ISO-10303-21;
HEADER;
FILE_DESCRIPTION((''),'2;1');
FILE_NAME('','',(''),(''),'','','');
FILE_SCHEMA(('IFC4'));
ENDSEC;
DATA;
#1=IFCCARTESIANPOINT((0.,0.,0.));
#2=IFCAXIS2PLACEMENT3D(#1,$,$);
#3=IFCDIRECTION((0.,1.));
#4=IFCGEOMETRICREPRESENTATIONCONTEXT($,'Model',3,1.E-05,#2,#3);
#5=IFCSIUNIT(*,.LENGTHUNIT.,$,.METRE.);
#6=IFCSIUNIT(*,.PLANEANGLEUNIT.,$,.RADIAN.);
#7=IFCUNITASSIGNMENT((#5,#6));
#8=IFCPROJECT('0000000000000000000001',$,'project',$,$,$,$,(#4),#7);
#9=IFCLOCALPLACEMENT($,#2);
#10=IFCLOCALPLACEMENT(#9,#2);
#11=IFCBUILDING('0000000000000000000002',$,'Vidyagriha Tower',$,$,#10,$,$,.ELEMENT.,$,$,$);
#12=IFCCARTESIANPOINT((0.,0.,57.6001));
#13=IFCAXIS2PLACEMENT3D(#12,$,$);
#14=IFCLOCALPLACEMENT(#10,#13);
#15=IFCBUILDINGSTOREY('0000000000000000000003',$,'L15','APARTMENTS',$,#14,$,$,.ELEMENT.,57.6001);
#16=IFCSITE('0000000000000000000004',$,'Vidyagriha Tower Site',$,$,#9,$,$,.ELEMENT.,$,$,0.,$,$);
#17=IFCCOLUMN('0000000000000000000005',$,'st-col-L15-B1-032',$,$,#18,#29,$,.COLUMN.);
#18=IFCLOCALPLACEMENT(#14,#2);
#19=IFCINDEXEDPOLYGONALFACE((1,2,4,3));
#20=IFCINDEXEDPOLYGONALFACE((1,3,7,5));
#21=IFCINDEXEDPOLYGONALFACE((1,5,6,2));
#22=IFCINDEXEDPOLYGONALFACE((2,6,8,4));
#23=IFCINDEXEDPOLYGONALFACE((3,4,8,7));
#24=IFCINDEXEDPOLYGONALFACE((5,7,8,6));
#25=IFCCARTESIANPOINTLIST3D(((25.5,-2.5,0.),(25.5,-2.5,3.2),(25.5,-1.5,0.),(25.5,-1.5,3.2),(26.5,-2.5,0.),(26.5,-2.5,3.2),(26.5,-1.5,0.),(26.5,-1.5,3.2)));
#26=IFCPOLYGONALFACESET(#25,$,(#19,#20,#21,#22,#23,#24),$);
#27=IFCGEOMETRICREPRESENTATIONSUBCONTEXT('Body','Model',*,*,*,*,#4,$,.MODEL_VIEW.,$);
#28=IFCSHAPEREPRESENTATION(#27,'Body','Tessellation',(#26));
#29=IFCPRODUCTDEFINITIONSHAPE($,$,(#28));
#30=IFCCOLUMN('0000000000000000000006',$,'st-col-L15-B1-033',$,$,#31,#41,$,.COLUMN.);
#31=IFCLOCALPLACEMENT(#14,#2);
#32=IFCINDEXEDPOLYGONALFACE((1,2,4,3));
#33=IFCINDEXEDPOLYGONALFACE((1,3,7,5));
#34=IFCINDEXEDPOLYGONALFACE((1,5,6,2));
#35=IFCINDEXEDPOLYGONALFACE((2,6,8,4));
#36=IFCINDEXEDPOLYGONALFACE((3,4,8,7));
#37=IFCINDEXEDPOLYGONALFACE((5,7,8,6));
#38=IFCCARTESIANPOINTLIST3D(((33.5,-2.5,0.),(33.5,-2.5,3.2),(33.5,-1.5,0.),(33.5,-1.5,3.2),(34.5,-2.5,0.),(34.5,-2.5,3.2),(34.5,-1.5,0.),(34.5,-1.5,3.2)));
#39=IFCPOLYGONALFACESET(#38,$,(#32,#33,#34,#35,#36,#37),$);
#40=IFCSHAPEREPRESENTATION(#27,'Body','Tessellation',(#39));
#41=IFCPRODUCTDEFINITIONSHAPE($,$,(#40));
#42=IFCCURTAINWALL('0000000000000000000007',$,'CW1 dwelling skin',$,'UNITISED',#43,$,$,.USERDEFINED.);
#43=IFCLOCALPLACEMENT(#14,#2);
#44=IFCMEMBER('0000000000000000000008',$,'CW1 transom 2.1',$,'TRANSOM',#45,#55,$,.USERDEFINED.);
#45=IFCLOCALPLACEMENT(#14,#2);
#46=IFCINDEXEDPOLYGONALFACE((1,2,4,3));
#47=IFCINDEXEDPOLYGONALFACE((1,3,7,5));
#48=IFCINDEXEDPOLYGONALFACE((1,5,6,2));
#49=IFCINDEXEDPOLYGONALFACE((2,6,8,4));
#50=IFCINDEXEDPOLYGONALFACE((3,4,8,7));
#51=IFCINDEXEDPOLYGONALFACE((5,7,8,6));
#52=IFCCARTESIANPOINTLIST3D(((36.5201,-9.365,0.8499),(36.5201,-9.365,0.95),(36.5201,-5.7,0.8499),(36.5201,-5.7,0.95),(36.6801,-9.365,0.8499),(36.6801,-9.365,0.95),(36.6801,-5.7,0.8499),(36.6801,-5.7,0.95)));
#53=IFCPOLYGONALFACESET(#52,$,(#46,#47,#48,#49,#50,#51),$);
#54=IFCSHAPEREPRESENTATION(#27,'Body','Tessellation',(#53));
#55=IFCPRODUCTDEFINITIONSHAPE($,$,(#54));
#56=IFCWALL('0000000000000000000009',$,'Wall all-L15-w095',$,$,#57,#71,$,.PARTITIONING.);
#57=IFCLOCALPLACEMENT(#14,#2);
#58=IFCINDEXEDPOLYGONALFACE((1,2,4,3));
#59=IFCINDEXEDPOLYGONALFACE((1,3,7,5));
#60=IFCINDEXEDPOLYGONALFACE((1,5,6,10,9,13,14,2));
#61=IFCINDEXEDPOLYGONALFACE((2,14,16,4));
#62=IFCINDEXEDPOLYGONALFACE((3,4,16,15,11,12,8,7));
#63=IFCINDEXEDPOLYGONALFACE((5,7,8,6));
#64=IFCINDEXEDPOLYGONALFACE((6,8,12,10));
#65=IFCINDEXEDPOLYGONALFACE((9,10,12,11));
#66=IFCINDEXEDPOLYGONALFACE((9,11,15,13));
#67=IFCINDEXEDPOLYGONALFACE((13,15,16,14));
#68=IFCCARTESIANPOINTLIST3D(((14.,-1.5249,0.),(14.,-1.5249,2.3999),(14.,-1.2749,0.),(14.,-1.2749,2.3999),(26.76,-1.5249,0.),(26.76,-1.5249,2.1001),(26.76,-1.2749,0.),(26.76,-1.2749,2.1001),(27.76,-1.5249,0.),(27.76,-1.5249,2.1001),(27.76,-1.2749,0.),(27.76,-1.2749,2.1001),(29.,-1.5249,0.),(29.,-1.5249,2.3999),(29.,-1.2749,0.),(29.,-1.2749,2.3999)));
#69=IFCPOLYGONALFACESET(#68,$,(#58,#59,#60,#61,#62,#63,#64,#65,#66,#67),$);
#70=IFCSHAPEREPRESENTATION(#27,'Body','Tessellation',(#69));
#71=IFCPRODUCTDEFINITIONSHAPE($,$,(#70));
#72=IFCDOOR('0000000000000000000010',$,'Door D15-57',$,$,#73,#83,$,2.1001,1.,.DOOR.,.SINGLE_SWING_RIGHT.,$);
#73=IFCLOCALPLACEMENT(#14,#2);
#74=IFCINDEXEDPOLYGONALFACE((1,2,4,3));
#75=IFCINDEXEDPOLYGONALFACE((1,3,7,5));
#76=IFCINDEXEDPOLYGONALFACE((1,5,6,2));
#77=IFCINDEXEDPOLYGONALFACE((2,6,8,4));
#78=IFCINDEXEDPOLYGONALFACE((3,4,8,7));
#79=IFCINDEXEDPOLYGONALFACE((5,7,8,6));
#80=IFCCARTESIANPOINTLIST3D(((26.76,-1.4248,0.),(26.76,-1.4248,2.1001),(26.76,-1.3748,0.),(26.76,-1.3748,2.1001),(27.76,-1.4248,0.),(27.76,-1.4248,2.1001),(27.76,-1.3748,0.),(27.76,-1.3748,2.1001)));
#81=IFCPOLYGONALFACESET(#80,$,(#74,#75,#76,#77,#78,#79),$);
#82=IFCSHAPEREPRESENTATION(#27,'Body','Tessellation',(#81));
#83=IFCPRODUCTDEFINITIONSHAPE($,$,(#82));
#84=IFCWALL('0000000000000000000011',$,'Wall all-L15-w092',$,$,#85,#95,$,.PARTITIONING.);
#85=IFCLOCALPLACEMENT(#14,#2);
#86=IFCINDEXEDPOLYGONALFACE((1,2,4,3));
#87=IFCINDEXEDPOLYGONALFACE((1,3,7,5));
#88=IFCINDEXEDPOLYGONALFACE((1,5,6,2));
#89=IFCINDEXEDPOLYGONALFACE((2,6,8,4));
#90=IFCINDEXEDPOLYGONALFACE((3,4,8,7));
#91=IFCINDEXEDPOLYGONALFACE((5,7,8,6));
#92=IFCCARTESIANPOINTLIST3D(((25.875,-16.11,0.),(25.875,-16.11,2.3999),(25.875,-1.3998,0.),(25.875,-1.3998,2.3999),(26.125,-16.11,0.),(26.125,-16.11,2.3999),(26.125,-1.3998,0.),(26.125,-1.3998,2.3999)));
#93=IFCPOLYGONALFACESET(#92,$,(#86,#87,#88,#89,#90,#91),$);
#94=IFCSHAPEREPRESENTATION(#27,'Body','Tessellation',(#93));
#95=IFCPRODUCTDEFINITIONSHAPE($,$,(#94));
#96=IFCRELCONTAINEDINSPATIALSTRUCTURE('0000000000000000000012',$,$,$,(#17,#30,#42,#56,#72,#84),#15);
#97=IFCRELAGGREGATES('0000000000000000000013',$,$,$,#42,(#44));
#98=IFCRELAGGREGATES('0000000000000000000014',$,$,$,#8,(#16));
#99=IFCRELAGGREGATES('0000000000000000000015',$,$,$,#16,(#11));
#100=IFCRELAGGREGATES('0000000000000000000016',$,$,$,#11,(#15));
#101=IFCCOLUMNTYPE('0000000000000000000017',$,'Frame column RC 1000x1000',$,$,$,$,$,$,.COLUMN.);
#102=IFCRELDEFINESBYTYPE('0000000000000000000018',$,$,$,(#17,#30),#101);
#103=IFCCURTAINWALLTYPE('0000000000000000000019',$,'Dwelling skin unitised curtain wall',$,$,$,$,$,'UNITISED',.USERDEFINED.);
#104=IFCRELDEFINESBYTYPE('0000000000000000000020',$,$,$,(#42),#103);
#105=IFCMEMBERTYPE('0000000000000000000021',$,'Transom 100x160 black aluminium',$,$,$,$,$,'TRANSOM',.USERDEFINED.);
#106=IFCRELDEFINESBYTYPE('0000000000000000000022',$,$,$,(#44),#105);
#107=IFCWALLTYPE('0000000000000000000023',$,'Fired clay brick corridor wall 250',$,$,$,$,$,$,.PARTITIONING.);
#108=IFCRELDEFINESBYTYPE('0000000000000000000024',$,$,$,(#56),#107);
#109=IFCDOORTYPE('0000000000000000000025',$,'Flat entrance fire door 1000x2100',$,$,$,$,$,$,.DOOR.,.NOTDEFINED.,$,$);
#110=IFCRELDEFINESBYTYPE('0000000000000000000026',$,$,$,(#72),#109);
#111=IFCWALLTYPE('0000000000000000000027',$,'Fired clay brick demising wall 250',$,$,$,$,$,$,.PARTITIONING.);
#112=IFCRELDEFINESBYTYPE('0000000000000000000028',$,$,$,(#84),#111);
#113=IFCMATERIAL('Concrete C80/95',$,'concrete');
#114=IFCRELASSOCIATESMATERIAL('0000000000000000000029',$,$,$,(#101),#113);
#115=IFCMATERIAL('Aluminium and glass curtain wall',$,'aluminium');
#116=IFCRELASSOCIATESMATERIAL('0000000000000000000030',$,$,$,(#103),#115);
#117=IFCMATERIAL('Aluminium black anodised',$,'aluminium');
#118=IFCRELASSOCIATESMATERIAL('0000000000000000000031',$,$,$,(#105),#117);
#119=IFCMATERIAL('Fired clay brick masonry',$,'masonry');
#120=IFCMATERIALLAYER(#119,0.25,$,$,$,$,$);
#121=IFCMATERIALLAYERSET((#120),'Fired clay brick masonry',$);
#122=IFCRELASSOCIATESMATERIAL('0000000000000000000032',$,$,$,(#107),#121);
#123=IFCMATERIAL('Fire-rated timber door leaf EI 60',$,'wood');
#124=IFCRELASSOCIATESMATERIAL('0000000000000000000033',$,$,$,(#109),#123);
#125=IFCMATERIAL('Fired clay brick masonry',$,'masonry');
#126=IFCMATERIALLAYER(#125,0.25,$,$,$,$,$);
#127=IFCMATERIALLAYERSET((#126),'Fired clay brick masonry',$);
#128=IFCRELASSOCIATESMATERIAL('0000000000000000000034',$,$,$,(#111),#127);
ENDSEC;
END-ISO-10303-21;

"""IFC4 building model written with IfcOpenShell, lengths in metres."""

from ifc_helpers import new_model, si_unit, direction, frame, frame_2d, origin, origin_2d, place, context, subcontext, project, spatial, rectangle, extrude, material, layer, layer_set, material_profile, profile_set, type_object, element, fill, aggregate, save


model = new_model("IFC4")

# Units and contexts
model_context = context("Model", 3, precision=1e-05, world=origin(), true_north=direction((0.0, 1.0)))
body_context = subcontext(model_context, "Body", "Model", "MODEL_VIEW")
ifc_project = project(units=[si_unit("LENGTHUNIT", "METRE"), si_unit("PLANEANGLEUNIT", "RADIAN")], contexts=[model_context])

# Site, building, storey
site_placement = place(None, origin())
site = spatial("IfcSite", under=ifc_project, at=site_placement, Name="Vidyagriha Tower Site", CompositionType="ELEMENT", RefElevation=0.0)
building_placement = place(site_placement, origin())
building = spatial("IfcBuilding", under=site, at=building_placement, Name="Vidyagriha Tower", CompositionType="ELEMENT")
storey_placement = place(building_placement, frame((0.0, 0.0, 57.6001)))
storey = spatial("IfcBuildingStorey", under=building, at=storey_placement, Name="L15", Description="APARTMENTS", CompositionType="ELEMENT", Elevation=57.6001)

# Columns
ifc_material_1 = material(Name="Concrete C80/95", Category="concrete")
ifc_material_profile_1 = material_profile(ifc_material_1, rectangle(XDim=1.0, YDim=1.0, at=origin_2d()), Name="RC 1000x1000")
ifc_profile_set_1 = profile_set([ifc_material_profile_1], Name="Concrete C80/95")
column_type = type_object("IfcColumnType", Name="Frame column RC 1000x1000", PredefinedType="COLUMN", material=ifc_profile_set_1)
for number, where, name in (
    (1, (26.0, -2.0, 0.0), "st-col-L15-B1-032"),
    (2, (34.0, -2.0, 0.0), "st-col-L15-B1-033"),
):
    element("IfcColumn", number, at=place(storey_placement, frame(where)), inside=storey, type_object=column_type, Name=name, PredefinedType="COLUMN", context=body_context, shape_type="SweptSolid", body=[
        extrude(rectangle(XDim=1.0, YDim=1.0, at=origin_2d()), origin(), (0.0, 0.0, 1.0), 3.2),
    ])

# Curtain wall, member
ifc_material_2 = material(Name="Aluminium and glass curtain wall", Category="aluminium")
curtain_wall_type = type_object("IfcCurtainWallType", Name="Dwelling skin unitised curtain wall", ElementType="UNITISED", PredefinedType="USERDEFINED", material=ifc_material_2)
curtain_wall_placement = place(storey_placement, origin())
curtain_wall = element("IfcCurtainWall", 3, at=curtain_wall_placement, inside=storey, type_object=curtain_wall_type, Name="CW1 dwelling skin", ObjectType="UNITISED", PredefinedType="USERDEFINED")
ifc_material_3 = material(Name="Aluminium black anodised", Category="aluminium")
ifc_material_profile_2 = material_profile(ifc_material_3, rectangle(XDim=0.1599, YDim=0.1001, at=origin_2d()), Name="Transom 100x160 black aluminium")
ifc_profile_set_2 = profile_set([ifc_material_profile_2], Name="Aluminium black anodised")
member_type = type_object("IfcMemberType", Name="Transom 100x160 black aluminium", ElementType="TRANSOM", PredefinedType="USERDEFINED", material=ifc_profile_set_2)
member_placement = place(storey_placement, frame((36.6001, -9.365, 0.8999), z_axis=(0.0, 1.0, 0.0), x_axis=(-1.0, 0.0, 0.0)))
member = element("IfcMember", 4, at=member_placement, type_object=member_type, Name="CW1 transom 2.1", ObjectType="TRANSOM", PredefinedType="USERDEFINED", context=body_context, shape_type="SweptSolid", body=[
    extrude(rectangle(XDim=0.1599, YDim=0.1001, at=origin_2d()), origin(), (0.0, 0.0, 1.0), 3.665),
])
aggregate(curtain_wall, [member])

# Wall, opening, door
ifc_material_4 = material(Name="Fired clay brick masonry", Category="masonry")
ifc_layer_1 = layer(ifc_material_4, 0.25)
ifc_layer_set_1 = layer_set([ifc_layer_1], Name="Fired clay brick masonry")
wall_type_1 = type_object("IfcWallType", Name="Fired clay brick corridor wall 250", PredefinedType="PARTITIONING", material=ifc_layer_set_1)
wall_1_placement = place(storey_placement, frame((29.0, -1.3999, 0.0), z_axis=(0.0, 0.0, 1.0), x_axis=(-1.0, 0.0, 0.0)))
wall_1 = element("IfcWall", 5, at=wall_1_placement, inside=storey, type_object=wall_type_1, Name="Wall all-L15-w095", PredefinedType="PARTITIONING", context=body_context, shape_type="SweptSolid", body=[
    extrude(rectangle(XDim=15.0, YDim=0.25, at=frame_2d((7.5, 0.0))), origin(), (0.0, 0.0, 1.0), 2.3999),
])
opening_1_placement = place(wall_1_placement, frame((1.24, 0.0, 0.0)))
opening_1 = element("IfcOpeningElement", 6, at=opening_1_placement, cuts=wall_1, PredefinedType="OPENING", context=body_context, shape_type="SweptSolid", body=[
    extrude(rectangle(XDim=1.0, YDim=2.1001, at=frame_2d((0.5, 1.05))), frame((0.0, 0.135, 0.0), z_axis=(0.0, -1.0, 0.0), x_axis=(1.0, 0.0, 0.0)), (0.0, 0.0, 1.0), 0.27),
])
ifc_material_5 = material(Name="Fire-rated timber door leaf EI 60", Category="wood")
door_type_1 = type_object("IfcDoorType", Name="Flat entrance fire door 1000x2100", OperationType="NOTDEFINED", PredefinedType="DOOR", material=ifc_material_5)
door_1_placement = place(opening_1_placement, origin())
door_1 = element("IfcDoor", 7, at=door_1_placement, inside=storey, type_object=door_type_1, Name="Door D15-57", OperationType="SINGLE_SWING_RIGHT", OverallHeight=2.1001, OverallWidth=1.0, PredefinedType="DOOR", context=body_context, shape_type="SweptSolid", body=[
    extrude(rectangle(XDim=1.0, YDim=2.1001, at=frame_2d((0.5, 1.05))), frame((0.0, 0.0249, 0.0), z_axis=(0.0, -1.0, 0.0), x_axis=(1.0, 0.0, 0.0)), (0.0, 0.0, 1.0), 0.05),
])
fill(opening_1, door_1)

# Wall
ifc_material_6 = material(Name="Fired clay brick masonry", Category="masonry")
ifc_layer_2 = layer(ifc_material_6, 0.25)
ifc_layer_set_2 = layer_set([ifc_layer_2], Name="Fired clay brick masonry")
wall_type_2 = type_object("IfcWallType", Name="Fired clay brick demising wall 250", PredefinedType="PARTITIONING", material=ifc_layer_set_2)
wall_2_placement = place(storey_placement, frame((26.0, -1.3999, 0.0), z_axis=(0.0, 0.0, 1.0), x_axis=(0.0, -1.0, 0.0)))
element("IfcWall", 8, at=wall_2_placement, inside=storey, type_object=wall_type_2, Name="Wall all-L15-w092", PredefinedType="PARTITIONING", context=body_context, shape_type="SweptSolid", body=[
    extrude(rectangle(XDim=14.7102, YDim=0.25, at=frame_2d((7.355, 0.0))), origin(), (0.0, 0.0, 1.0), 2.3999),
])

save(model, "model.ifc")
